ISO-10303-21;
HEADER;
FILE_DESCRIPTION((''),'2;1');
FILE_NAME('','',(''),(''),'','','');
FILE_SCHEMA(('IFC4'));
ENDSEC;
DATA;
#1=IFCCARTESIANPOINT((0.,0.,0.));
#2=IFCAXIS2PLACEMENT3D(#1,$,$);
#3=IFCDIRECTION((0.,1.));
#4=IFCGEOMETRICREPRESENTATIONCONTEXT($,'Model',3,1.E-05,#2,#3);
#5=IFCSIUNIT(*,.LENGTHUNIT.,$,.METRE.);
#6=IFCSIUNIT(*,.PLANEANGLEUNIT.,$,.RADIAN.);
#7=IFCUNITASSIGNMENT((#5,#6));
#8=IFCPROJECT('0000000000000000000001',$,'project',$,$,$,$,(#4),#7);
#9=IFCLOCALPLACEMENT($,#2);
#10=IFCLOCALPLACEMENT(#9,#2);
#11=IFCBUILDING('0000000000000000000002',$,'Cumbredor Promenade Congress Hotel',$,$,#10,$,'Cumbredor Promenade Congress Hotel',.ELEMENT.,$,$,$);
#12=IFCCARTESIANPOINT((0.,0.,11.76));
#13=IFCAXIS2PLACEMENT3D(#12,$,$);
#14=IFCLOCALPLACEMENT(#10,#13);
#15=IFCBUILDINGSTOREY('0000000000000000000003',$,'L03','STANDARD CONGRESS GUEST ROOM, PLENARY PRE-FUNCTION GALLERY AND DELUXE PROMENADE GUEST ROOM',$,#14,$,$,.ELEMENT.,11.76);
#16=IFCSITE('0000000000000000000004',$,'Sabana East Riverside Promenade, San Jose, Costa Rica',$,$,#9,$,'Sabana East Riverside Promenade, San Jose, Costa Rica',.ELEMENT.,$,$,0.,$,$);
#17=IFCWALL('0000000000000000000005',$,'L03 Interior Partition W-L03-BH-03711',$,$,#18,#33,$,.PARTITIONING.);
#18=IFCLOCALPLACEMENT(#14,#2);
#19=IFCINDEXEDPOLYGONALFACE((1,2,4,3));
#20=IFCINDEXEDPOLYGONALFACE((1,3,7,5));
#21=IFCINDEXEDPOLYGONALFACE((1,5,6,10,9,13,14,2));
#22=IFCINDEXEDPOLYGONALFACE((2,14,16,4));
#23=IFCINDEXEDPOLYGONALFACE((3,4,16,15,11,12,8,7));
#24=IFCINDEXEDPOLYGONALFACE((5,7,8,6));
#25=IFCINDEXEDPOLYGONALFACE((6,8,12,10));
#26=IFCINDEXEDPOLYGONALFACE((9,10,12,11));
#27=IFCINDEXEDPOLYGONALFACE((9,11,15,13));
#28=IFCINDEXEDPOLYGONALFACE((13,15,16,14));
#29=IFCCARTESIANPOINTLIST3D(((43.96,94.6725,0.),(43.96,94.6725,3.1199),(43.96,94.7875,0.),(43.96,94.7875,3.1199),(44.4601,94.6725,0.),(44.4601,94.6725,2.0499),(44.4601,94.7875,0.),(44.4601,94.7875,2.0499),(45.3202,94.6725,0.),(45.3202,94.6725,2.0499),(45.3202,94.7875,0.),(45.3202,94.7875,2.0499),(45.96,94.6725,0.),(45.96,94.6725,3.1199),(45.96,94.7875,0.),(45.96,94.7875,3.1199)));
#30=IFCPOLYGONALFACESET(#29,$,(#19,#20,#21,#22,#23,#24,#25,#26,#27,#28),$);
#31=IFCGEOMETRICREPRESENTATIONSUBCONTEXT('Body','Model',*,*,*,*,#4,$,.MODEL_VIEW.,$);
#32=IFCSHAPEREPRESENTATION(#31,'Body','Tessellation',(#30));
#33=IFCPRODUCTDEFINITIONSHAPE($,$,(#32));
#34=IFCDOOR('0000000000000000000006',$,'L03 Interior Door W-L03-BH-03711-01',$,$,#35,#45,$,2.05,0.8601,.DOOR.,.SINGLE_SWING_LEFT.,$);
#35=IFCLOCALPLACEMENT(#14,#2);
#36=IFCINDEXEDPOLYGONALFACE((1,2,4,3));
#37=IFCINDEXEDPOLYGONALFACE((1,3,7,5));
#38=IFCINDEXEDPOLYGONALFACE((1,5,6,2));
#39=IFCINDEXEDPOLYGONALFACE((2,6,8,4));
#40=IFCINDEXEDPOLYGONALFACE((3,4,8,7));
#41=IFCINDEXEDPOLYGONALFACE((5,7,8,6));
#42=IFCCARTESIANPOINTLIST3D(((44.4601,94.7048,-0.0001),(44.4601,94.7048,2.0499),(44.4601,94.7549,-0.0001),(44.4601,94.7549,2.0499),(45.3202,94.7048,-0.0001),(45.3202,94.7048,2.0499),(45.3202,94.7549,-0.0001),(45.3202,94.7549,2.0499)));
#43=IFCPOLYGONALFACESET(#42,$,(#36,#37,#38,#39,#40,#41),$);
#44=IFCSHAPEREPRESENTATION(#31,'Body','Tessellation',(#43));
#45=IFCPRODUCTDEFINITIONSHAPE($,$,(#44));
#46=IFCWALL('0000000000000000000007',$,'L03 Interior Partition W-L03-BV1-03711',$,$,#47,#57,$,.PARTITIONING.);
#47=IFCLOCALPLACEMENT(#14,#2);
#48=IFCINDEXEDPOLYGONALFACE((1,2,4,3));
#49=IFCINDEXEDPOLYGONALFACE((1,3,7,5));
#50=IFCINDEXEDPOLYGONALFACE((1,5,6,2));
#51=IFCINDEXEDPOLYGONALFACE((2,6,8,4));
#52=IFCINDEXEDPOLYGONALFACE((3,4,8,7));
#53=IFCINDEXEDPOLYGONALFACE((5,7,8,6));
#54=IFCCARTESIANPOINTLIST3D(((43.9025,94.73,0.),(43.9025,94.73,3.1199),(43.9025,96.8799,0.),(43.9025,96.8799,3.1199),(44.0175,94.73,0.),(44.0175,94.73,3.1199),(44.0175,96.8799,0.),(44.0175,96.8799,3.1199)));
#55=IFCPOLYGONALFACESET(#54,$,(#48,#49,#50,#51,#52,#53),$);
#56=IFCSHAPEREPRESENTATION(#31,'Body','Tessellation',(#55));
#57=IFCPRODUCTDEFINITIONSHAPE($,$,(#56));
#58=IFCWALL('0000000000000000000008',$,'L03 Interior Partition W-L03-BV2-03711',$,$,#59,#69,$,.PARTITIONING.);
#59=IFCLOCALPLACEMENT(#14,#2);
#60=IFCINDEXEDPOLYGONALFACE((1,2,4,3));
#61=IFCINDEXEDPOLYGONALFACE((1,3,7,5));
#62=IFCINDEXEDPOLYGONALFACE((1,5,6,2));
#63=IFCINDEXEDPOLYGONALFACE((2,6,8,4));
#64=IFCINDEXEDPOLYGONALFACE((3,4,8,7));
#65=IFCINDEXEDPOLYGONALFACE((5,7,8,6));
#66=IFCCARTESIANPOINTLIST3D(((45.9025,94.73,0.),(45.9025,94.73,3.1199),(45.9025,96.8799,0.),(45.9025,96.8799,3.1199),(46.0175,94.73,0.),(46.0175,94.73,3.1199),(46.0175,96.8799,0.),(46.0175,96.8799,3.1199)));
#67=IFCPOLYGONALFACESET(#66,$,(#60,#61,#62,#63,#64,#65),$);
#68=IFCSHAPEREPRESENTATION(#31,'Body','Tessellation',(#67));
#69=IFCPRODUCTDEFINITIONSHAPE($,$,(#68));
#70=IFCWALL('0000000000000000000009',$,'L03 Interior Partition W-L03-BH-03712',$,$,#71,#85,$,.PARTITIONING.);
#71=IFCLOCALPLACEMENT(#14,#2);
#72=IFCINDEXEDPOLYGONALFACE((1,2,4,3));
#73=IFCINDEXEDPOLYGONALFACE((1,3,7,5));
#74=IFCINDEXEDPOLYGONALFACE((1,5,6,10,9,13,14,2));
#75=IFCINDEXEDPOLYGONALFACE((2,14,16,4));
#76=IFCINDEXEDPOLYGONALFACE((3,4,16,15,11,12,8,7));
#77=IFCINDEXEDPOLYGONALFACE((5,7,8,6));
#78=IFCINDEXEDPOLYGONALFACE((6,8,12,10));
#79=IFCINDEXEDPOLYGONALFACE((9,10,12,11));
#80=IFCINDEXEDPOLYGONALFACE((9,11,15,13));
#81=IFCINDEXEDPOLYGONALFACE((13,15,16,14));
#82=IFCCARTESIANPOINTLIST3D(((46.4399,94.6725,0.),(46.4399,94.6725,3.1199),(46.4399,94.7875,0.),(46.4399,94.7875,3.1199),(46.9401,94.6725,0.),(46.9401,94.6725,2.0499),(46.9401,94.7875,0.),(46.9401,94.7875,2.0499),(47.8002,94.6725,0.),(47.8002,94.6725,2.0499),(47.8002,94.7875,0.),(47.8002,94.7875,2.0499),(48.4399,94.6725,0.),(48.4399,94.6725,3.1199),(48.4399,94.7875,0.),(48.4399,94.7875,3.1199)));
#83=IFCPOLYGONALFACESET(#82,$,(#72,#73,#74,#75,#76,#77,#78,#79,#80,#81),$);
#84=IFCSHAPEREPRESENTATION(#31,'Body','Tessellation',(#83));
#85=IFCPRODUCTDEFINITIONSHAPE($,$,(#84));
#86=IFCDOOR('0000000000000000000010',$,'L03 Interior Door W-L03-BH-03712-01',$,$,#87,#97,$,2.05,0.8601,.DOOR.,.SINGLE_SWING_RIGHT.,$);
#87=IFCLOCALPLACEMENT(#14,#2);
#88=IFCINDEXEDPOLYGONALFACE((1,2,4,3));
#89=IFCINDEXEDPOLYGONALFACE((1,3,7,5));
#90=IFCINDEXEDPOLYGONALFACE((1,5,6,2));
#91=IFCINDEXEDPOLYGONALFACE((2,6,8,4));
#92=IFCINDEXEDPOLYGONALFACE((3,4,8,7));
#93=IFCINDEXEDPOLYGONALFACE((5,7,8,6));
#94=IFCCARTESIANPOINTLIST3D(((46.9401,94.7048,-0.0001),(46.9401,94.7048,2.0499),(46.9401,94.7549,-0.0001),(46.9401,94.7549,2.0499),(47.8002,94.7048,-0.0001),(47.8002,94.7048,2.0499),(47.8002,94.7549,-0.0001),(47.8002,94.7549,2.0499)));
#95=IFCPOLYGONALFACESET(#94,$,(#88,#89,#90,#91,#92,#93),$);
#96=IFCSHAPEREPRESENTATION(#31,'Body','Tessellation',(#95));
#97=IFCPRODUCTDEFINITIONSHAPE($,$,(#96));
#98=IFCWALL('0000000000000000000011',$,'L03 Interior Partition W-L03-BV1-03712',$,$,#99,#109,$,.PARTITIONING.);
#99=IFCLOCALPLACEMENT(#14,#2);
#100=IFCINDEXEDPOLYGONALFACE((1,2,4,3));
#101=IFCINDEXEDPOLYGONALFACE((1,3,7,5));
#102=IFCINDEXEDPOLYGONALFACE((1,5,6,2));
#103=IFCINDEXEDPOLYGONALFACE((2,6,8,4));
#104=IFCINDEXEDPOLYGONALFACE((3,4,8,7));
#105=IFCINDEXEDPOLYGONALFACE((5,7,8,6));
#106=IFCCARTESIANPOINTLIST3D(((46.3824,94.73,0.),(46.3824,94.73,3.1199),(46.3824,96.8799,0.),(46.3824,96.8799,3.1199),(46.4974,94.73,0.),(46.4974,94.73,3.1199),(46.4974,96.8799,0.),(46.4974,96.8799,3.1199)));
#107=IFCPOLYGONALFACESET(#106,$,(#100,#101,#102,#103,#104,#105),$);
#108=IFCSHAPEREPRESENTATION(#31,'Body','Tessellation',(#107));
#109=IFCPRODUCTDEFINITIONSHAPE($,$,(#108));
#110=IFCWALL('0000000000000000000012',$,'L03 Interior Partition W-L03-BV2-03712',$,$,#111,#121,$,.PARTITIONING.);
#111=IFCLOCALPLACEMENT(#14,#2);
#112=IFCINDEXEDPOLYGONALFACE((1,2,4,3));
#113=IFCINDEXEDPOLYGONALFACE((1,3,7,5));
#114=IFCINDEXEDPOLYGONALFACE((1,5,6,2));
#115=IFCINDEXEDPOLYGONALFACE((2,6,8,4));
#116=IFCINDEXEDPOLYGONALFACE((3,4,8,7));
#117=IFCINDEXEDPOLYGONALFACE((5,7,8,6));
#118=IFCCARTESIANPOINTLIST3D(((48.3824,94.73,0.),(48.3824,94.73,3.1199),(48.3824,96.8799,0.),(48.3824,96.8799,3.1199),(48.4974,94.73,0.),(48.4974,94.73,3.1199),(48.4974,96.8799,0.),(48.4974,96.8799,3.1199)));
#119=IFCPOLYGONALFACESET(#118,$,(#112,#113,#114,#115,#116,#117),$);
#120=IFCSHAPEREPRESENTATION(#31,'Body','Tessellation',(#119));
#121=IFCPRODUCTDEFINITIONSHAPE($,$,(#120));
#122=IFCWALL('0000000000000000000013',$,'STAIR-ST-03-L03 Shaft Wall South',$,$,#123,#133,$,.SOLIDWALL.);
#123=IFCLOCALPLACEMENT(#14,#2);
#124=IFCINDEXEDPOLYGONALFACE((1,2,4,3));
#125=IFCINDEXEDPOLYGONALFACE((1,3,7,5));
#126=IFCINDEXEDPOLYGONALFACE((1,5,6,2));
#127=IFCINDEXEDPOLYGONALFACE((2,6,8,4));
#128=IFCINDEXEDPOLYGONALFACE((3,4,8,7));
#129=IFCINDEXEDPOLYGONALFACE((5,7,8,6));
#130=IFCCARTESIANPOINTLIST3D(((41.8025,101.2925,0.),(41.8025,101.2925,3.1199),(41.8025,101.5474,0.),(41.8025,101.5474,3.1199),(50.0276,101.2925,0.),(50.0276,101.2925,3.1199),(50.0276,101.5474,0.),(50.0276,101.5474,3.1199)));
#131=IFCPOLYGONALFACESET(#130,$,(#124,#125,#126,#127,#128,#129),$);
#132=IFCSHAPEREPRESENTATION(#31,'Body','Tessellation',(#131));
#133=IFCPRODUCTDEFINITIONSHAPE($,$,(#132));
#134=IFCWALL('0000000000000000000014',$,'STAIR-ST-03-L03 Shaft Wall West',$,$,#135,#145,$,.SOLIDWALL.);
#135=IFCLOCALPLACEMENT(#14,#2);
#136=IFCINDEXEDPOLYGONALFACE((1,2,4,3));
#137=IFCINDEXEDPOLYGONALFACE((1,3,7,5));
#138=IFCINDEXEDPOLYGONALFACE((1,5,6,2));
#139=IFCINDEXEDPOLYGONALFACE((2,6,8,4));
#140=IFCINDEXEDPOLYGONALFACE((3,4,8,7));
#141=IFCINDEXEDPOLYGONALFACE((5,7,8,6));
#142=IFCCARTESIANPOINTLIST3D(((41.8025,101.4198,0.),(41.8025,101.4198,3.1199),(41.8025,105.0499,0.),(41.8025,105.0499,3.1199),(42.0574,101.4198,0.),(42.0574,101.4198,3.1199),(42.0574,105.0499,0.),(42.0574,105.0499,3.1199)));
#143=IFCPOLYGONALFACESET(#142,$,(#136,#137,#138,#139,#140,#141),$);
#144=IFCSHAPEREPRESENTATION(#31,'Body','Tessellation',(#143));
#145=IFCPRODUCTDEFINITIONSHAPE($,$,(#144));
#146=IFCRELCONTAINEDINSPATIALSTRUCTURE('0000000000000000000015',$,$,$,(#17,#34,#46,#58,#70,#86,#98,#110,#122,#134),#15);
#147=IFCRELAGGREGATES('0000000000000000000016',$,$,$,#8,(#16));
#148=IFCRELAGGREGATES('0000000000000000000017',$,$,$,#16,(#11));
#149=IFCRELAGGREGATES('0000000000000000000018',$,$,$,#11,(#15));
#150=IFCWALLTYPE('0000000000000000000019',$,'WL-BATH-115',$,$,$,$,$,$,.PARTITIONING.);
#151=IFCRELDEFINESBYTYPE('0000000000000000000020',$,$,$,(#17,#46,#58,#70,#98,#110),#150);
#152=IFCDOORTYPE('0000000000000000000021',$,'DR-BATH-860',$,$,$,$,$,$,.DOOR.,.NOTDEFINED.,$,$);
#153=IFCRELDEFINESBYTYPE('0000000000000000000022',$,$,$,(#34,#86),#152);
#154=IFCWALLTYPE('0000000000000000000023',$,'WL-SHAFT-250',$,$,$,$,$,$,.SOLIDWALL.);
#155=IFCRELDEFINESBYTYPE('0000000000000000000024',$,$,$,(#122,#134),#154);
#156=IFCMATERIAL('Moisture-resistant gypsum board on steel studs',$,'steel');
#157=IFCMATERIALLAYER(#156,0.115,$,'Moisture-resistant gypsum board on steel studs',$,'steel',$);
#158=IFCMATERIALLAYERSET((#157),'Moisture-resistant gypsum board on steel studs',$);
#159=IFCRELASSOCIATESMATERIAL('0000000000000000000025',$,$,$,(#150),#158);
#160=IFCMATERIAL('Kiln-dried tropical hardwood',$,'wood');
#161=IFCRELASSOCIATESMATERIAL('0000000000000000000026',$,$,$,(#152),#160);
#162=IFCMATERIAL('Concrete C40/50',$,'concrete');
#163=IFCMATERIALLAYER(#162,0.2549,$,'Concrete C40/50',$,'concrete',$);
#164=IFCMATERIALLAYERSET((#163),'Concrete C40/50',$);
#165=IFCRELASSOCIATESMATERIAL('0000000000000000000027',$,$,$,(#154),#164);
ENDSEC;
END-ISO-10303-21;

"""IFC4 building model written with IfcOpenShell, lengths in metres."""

from ifc_helpers import new_model, si_unit, direction, frame, frame_2d, origin, place, context, subcontext, project, spatial, rectangle, extrude, material, layer, layer_set, type_object, element, fill, save


model = new_model("IFC4")

# Units and contexts
model_context = context("Model", 3, precision=1e-05, world=origin(), true_north=direction((0.0, 1.0)))
body_context = subcontext(model_context, "Body", "Model", "MODEL_VIEW")
ifc_project = project(units=[si_unit("LENGTHUNIT", "METRE"), si_unit("PLANEANGLEUNIT", "RADIAN")], contexts=[model_context])

# Site, building, storey
site_placement = place(None, origin())
site = spatial("IfcSite", under=ifc_project, at=site_placement, Name="Sabana East Riverside Promenade, San Jose, Costa Rica", LongName="Sabana East Riverside Promenade, San Jose, Costa Rica", CompositionType="ELEMENT", RefElevation=0.0)
building_placement = place(site_placement, origin())
building = spatial("IfcBuilding", under=site, at=building_placement, Name="Cumbredor Promenade Congress Hotel", LongName="Cumbredor Promenade Congress Hotel", CompositionType="ELEMENT")
storey_placement = place(building_placement, frame((0.0, 0.0, 11.76)))
storey = spatial("IfcBuildingStorey", under=building, at=storey_placement, Name="L03", Description="STANDARD CONGRESS GUEST ROOM, PLENARY PRE-FUNCTION GALLERY AND DELUXE PROMENADE GUEST ROOM", CompositionType="ELEMENT", Elevation=11.76)

# Shared definitions
ifc_material_1 = material(Name="Concrete C40/50", Category="concrete")

# Shared definitions
ifc_material_2 = material(Name="Moisture-resistant gypsum board on steel studs", Category="steel")
ifc_layer_1 = layer(ifc_material_2, 0.115, Name="Moisture-resistant gypsum board on steel studs", Category="steel")
ifc_layer_set_1 = layer_set([ifc_layer_1], Name="Moisture-resistant gypsum board on steel studs")
wall_type_1 = type_object("IfcWallType", Name="WL-BATH-115", PredefinedType="PARTITIONING", material=ifc_layer_set_1)

# Wall, opening, door
wall_1_placement = place(storey_placement, frame((43.96, 94.73, 0.0), z_axis=(0.0, 0.0, 1.0), x_axis=(1.0, 0.0, 0.0)))
wall_1 = element("IfcWall", 1, at=wall_1_placement, inside=storey, type_object=wall_type_1, Name="L03 Interior Partition W-L03-BH-03711", PredefinedType="PARTITIONING", context=body_context, shape_type="SweptSolid", body=[
    extrude(rectangle(XDim=2.0, YDim=0.115, at=frame_2d((1.0, 0.0))), origin(), (0.0, 0.0, 1.0), 3.1199),
])
opening_1_placement = place(wall_1_placement, frame((0.5, 0.0, 0.0)))
opening_1 = element("IfcOpeningElement", 2, at=opening_1_placement, cuts=wall_1, PredefinedType="OPENING", context=body_context, shape_type="SweptSolid", body=[
    extrude(rectangle(XDim=0.8601, YDim=2.05, at=frame_2d((0.4302, 1.0249))), frame((0.0, 0.0674, 0.0), z_axis=(0.0, -1.0, 0.0), x_axis=(1.0, 0.0, 0.0)), (0.0, 0.0, 1.0), 0.135),
])
ifc_material_3 = material(Name="Kiln-dried tropical hardwood", Category="wood")
door_type = type_object("IfcDoorType", Name="DR-BATH-860", OperationType="NOTDEFINED", PredefinedType="DOOR", material=ifc_material_3)
door_1_placement = place(opening_1_placement, origin())
door_1 = element("IfcDoor", 3, at=door_1_placement, inside=storey, type_object=door_type, Name="L03 Interior Door W-L03-BH-03711-01", OperationType="SINGLE_SWING_LEFT", OverallHeight=2.05, OverallWidth=0.8601, PredefinedType="DOOR", context=body_context, shape_type="SweptSolid", body=[
    extrude(rectangle(XDim=0.8601, YDim=2.05, at=frame_2d((0.4302, 1.0249))), frame((0.0, 0.0249, 0.0), z_axis=(0.0, -1.0, 0.0), x_axis=(1.0, 0.0, 0.0)), (0.0, 0.0, 1.0), 0.05),
])
fill(opening_1, door_1)

# Walls
for number, where, z_axis, x_axis, name in (
    (4, (43.96, 94.73, 0.0), (0.0, 0.0, 1.0), (0.0, 1.0, 0.0), "L03 Interior Partition W-L03-BV1-03711"),
    (5, (45.96, 94.73, 0.0), (0.0, 0.0, 1.0), (0.0, 1.0, 0.0), "L03 Interior Partition W-L03-BV2-03711"),
):
    element("IfcWall", number, at=place(storey_placement, frame(where, z_axis=z_axis, x_axis=x_axis)), inside=storey, type_object=wall_type_1, Name=name, PredefinedType="PARTITIONING", context=body_context, shape_type="SweptSolid", body=[
        extrude(rectangle(XDim=2.1499, YDim=0.115, at=frame_2d((1.075, 0.0))), origin(), (0.0, 0.0, 1.0), 3.1199),
    ])

# Wall, opening, door
wall_2_placement = place(storey_placement, frame((46.4399, 94.73, 0.0), z_axis=(0.0, 0.0, 1.0), x_axis=(1.0, 0.0, 0.0)))
wall_2 = element("IfcWall", 6, at=wall_2_placement, inside=storey, type_object=wall_type_1, Name="L03 Interior Partition W-L03-BH-03712", PredefinedType="PARTITIONING", context=body_context, shape_type="SweptSolid", body=[
    extrude(rectangle(XDim=2.0, YDim=0.115, at=frame_2d((1.0, 0.0))), origin(), (0.0, 0.0, 1.0), 3.1199),
])
opening_2_placement = place(wall_2_placement, frame((0.5, 0.0, 0.0)))
opening_2 = element("IfcOpeningElement", 7, at=opening_2_placement, cuts=wall_2, PredefinedType="OPENING", context=body_context, shape_type="SweptSolid", body=[
    extrude(rectangle(XDim=0.8601, YDim=2.05, at=frame_2d((0.4302, 1.0249))), frame((0.0, 0.0674, 0.0), z_axis=(0.0, -1.0, 0.0), x_axis=(1.0, 0.0, 0.0)), (0.0, 0.0, 1.0), 0.135),
])
door_2_placement = place(opening_2_placement, origin())
door_2 = element("IfcDoor", 8, at=door_2_placement, inside=storey, type_object=door_type, Name="L03 Interior Door W-L03-BH-03712-01", OperationType="SINGLE_SWING_RIGHT", OverallHeight=2.05, OverallWidth=0.8601, PredefinedType="DOOR", context=body_context, shape_type="SweptSolid", body=[
    extrude(rectangle(XDim=0.8601, YDim=2.05, at=frame_2d((0.4302, 1.0249))), frame((0.0, 0.0249, 0.0), z_axis=(0.0, -1.0, 0.0), x_axis=(1.0, 0.0, 0.0)), (0.0, 0.0, 1.0), 0.05),
])
fill(opening_2, door_2)

# Walls
for number, where, z_axis, x_axis, name in (
    (9, (46.4399, 94.73, 0.0), (0.0, 0.0, 1.0), (0.0, 1.0, 0.0), "L03 Interior Partition W-L03-BV1-03712"),
    (10, (48.4399, 94.73, 0.0), (0.0, 0.0, 1.0), (0.0, 1.0, 0.0), "L03 Interior Partition W-L03-BV2-03712"),
):
    element("IfcWall", number, at=place(storey_placement, frame(where, z_axis=z_axis, x_axis=x_axis)), inside=storey, type_object=wall_type_1, Name=name, PredefinedType="PARTITIONING", context=body_context, shape_type="SweptSolid", body=[
        extrude(rectangle(XDim=2.1499, YDim=0.115, at=frame_2d((1.075, 0.0))), origin(), (0.0, 0.0, 1.0), 3.1199),
    ])
ifc_layer_2 = layer(ifc_material_1, 0.2549, Name="Concrete C40/50", Category="concrete")
ifc_layer_set_2 = layer_set([ifc_layer_2], Name="Concrete C40/50")
wall_type_2 = type_object("IfcWallType", Name="WL-SHAFT-250", PredefinedType="SOLIDWALL", material=ifc_layer_set_2)
wall_3_placement = place(storey_placement, frame((41.8025, 101.4199, 0.0), z_axis=(0.0, 0.0, 1.0), x_axis=(1.0, 0.0, 0.0)))
element("IfcWall", 11, at=wall_3_placement, inside=storey, type_object=wall_type_2, Name="STAIR-ST-03-L03 Shaft Wall South", PredefinedType="SOLIDWALL", context=body_context, shape_type="SweptSolid", body=[
    extrude(rectangle(XDim=8.2251, YDim=0.2549, at=frame_2d((4.1125, 0.0))), origin(), (0.0, 0.0, 1.0), 3.1199),
])
wall_4_placement = place(storey_placement, frame((41.9299, 101.4199, 0.0), z_axis=(0.0, 0.0, 1.0), x_axis=(0.0, 1.0, 0.0)))
element("IfcWall", 12, at=wall_4_placement, inside=storey, type_object=wall_type_2, Name="STAIR-ST-03-L03 Shaft Wall West", PredefinedType="SOLIDWALL", context=body_context, shape_type="SweptSolid", body=[
    extrude(rectangle(XDim=3.6301, YDim=0.2549, at=frame_2d((1.8149, 0.0))), origin(), (0.0, 0.0, 1.0), 3.1199),
])

save(model, "model.ifc")
